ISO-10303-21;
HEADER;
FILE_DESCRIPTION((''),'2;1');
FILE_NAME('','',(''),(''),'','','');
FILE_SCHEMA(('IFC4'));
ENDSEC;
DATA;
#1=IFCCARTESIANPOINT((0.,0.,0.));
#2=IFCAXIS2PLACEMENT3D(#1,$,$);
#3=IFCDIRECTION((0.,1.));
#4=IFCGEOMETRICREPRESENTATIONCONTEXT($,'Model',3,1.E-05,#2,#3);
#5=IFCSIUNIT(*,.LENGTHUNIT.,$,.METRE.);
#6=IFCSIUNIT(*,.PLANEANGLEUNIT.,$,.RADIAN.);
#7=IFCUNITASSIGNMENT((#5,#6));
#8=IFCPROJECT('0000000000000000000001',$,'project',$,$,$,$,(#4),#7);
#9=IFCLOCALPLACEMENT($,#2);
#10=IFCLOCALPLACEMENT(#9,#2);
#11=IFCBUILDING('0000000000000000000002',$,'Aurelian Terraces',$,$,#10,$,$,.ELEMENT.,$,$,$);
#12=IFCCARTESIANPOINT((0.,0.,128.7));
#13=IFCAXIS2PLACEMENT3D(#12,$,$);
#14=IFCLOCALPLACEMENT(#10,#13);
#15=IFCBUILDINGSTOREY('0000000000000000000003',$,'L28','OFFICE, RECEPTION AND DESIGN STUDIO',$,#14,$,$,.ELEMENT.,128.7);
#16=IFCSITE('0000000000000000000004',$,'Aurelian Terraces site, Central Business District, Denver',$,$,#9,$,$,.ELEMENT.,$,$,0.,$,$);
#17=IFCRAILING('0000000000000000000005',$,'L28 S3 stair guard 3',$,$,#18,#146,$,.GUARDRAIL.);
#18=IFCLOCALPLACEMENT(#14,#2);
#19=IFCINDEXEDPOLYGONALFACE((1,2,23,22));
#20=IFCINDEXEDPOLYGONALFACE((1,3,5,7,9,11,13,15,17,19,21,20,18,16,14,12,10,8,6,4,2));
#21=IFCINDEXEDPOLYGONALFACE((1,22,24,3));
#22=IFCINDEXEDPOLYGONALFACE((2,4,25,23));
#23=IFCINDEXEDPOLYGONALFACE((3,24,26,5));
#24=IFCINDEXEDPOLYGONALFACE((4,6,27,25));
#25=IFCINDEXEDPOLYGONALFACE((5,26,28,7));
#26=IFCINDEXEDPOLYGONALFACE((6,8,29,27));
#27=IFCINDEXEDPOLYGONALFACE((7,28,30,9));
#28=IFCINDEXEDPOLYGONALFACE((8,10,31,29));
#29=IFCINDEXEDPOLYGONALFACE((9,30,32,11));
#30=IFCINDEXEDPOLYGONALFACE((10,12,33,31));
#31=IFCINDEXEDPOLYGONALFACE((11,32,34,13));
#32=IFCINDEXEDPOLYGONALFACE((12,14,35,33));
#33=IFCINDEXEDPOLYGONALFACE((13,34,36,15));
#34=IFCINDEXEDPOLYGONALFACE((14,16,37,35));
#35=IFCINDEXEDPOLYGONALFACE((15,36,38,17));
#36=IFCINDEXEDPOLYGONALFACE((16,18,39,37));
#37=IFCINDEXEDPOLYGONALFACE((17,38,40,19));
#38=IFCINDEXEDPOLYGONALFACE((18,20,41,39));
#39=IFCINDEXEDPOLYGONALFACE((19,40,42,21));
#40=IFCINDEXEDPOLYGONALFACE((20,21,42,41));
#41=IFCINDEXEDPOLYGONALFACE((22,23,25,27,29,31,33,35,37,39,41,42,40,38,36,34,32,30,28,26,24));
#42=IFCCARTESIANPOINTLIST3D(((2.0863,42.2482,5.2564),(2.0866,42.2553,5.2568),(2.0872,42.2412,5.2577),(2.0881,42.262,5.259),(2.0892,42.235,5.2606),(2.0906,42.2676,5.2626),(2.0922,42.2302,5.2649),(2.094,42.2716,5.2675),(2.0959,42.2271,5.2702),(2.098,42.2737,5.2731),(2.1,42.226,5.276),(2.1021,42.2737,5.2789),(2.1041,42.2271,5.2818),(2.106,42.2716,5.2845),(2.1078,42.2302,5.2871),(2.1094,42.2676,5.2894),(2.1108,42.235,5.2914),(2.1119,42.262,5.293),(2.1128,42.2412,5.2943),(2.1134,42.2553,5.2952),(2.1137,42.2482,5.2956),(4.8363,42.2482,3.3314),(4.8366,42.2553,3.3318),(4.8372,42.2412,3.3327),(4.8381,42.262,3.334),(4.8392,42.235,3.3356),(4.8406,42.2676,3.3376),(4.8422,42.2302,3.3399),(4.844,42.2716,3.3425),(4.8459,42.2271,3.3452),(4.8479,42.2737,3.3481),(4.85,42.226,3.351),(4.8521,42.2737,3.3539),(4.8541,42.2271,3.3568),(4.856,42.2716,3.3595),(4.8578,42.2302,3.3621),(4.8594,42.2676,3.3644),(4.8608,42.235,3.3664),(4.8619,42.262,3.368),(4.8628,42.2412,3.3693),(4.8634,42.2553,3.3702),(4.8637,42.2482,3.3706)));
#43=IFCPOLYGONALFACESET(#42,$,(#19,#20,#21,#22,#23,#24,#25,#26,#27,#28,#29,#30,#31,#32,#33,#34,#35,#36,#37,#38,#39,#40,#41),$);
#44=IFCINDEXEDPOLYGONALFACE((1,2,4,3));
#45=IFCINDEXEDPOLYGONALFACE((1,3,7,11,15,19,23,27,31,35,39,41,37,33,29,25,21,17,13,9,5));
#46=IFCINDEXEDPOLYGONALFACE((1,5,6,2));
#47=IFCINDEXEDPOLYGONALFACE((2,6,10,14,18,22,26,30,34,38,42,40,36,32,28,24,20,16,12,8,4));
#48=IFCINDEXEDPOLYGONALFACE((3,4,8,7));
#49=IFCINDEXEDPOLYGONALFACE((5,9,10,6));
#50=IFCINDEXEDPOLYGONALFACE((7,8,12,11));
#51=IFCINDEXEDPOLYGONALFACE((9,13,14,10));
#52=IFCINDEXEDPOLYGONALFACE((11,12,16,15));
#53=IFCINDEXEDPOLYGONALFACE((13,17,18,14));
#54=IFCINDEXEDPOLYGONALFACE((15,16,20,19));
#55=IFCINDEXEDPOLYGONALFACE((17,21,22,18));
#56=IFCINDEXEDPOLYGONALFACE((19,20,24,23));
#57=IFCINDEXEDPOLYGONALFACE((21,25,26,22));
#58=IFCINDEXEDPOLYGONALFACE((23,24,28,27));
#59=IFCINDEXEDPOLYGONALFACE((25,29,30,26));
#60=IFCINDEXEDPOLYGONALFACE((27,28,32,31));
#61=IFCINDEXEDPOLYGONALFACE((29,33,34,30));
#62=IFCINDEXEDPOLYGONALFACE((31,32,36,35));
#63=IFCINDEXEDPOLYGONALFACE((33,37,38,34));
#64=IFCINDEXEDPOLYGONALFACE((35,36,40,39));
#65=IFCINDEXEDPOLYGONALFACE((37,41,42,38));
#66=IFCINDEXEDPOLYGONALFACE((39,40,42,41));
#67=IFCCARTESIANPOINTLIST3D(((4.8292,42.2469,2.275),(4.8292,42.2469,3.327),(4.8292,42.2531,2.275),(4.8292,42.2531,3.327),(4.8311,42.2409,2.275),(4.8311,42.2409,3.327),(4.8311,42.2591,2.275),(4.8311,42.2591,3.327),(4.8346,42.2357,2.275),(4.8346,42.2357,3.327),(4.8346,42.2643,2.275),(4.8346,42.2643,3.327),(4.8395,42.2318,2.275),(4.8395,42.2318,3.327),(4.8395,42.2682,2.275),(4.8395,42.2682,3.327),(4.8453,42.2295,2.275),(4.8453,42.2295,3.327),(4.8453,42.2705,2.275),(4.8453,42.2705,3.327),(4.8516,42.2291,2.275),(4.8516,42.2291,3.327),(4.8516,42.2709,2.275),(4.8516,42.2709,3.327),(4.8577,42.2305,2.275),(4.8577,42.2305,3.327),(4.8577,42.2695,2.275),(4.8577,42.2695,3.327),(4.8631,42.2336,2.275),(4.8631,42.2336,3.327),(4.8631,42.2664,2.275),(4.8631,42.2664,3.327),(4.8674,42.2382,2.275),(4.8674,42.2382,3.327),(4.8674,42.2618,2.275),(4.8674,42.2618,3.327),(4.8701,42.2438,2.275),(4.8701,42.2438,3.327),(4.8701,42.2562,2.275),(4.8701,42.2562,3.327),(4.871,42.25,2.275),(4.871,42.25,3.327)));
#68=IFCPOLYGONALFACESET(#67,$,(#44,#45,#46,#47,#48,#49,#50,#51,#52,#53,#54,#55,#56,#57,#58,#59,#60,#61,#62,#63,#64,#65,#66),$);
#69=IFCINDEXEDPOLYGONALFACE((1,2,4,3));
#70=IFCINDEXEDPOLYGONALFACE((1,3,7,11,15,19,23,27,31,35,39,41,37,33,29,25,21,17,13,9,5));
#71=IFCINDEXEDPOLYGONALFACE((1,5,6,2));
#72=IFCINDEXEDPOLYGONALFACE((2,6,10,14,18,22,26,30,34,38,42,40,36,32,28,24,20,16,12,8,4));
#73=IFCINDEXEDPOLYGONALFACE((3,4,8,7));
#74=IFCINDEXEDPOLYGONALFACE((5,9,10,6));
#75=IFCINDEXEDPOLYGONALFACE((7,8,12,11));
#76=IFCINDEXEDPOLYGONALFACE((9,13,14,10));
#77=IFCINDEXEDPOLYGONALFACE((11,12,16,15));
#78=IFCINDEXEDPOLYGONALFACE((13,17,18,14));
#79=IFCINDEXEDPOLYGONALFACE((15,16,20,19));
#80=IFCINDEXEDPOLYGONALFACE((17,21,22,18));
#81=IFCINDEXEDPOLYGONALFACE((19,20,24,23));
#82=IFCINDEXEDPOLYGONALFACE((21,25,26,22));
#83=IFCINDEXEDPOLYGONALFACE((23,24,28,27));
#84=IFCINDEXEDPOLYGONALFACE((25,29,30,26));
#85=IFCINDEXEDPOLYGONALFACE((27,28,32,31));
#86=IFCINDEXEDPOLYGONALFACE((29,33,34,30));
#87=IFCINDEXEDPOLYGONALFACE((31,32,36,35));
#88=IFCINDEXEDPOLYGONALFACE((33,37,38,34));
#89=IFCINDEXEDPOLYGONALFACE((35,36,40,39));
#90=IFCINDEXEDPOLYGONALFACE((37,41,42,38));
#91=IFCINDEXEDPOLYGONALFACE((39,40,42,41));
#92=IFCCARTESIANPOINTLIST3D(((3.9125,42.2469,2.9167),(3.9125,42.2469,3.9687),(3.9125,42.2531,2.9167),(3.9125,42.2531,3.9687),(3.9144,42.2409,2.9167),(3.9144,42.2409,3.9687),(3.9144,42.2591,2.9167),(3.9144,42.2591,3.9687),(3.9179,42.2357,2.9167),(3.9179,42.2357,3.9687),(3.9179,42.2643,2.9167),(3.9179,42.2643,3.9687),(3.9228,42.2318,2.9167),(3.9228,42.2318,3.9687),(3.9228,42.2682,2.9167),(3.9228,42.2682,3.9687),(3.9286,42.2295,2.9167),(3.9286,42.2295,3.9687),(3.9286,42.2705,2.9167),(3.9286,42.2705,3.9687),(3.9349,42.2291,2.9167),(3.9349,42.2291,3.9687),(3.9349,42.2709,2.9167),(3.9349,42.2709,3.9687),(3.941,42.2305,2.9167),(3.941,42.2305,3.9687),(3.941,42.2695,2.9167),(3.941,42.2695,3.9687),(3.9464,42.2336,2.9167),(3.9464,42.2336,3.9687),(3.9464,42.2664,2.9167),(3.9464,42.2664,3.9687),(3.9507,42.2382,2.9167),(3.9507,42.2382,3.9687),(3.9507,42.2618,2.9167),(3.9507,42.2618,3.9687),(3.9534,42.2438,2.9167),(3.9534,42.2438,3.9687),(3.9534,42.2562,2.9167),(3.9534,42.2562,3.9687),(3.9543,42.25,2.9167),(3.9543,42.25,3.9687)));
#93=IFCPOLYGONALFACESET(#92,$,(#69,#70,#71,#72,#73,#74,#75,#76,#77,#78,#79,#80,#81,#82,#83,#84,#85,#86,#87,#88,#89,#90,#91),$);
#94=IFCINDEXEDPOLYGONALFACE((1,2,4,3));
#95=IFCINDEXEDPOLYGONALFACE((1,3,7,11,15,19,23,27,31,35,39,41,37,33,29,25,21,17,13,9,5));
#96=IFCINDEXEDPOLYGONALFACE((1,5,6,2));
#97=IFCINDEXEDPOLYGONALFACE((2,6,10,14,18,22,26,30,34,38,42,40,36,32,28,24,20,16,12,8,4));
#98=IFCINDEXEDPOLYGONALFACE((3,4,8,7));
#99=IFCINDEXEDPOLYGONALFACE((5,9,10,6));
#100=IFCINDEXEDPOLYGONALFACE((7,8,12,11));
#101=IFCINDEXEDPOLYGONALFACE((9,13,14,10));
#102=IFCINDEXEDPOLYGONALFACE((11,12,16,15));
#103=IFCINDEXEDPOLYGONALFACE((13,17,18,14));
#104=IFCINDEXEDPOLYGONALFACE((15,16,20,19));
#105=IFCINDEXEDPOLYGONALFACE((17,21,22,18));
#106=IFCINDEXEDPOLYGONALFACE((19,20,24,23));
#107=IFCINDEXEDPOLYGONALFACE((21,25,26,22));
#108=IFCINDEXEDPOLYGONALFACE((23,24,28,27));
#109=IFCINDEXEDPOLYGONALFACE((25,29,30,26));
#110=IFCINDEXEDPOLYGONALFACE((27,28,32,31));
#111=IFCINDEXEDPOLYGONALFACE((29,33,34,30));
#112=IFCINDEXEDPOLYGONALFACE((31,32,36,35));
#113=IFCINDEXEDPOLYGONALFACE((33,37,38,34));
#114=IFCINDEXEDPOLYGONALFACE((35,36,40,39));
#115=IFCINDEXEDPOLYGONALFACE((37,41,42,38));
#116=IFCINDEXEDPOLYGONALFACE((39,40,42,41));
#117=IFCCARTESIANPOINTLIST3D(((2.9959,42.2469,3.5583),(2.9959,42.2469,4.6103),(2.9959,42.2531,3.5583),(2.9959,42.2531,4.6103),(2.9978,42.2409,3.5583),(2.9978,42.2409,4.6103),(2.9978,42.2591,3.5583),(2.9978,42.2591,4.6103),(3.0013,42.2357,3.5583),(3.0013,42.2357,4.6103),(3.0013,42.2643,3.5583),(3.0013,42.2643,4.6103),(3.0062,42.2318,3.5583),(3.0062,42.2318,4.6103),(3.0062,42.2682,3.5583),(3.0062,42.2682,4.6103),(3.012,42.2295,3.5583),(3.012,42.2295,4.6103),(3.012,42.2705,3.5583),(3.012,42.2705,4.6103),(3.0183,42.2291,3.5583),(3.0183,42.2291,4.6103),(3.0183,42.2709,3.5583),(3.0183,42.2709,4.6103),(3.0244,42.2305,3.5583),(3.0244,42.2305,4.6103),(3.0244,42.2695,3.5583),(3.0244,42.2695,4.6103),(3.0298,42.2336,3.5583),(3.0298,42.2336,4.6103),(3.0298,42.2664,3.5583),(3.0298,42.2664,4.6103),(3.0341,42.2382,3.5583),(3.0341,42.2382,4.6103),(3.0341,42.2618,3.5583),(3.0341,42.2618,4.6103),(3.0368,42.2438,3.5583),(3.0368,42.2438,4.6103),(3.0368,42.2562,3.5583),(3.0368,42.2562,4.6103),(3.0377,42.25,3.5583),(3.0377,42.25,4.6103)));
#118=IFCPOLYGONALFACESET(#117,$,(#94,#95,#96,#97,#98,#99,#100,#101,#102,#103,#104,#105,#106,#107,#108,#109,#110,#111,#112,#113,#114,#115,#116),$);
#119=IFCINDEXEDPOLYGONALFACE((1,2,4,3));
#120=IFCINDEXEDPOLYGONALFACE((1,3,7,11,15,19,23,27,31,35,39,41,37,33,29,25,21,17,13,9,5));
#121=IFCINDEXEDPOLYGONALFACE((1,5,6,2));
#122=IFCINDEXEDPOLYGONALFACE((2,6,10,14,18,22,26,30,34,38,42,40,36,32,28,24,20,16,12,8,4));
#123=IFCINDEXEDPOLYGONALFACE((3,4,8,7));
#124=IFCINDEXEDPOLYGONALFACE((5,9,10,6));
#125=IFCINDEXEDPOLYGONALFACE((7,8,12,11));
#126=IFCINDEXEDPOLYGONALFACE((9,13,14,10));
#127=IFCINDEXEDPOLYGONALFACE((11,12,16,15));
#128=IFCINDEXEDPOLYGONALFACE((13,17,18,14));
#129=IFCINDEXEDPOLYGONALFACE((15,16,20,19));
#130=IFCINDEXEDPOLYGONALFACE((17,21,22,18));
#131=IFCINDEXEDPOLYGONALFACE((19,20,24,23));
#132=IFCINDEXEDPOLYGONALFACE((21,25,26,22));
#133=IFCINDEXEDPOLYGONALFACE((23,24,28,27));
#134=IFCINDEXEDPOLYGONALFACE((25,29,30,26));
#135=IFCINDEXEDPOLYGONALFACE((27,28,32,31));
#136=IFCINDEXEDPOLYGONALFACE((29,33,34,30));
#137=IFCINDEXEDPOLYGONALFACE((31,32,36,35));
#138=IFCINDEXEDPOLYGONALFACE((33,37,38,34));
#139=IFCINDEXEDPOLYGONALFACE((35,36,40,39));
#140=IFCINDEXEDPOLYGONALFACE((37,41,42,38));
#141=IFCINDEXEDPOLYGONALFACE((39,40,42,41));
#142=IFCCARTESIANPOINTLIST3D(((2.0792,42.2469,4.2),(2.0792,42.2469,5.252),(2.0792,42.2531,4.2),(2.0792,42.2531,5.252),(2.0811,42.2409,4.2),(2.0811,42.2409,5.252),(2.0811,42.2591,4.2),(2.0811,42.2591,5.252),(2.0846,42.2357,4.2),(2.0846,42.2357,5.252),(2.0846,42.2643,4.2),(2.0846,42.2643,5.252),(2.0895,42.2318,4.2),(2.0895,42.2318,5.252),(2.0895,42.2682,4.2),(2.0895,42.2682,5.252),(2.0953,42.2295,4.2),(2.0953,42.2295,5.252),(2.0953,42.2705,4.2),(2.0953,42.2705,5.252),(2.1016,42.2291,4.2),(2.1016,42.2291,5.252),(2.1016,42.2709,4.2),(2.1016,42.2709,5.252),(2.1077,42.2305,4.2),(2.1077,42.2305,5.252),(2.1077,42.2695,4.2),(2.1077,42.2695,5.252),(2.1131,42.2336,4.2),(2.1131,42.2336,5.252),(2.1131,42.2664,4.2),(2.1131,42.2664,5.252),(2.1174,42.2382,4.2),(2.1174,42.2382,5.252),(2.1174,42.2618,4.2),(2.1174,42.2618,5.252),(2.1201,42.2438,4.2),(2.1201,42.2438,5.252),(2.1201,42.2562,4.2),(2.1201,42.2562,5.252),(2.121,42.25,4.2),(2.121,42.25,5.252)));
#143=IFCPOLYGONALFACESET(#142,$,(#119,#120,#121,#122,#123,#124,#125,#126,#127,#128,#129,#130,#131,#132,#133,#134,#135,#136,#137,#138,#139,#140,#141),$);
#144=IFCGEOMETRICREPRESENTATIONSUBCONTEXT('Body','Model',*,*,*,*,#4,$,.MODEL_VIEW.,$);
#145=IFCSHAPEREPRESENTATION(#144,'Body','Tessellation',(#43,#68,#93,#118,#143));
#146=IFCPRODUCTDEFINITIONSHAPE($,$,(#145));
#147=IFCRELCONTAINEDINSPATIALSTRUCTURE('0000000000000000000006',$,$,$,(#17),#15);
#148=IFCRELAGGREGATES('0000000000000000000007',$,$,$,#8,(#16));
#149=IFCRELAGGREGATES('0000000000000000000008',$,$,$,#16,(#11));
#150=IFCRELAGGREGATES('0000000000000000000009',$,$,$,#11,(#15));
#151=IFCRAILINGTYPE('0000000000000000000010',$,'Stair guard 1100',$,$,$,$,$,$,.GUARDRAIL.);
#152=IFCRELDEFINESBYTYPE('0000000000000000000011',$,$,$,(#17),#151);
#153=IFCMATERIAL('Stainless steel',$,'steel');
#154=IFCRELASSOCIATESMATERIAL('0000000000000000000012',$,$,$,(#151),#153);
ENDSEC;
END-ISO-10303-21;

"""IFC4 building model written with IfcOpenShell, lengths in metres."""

from ifc_helpers import new_model, si_unit, direction, frame, origin, origin_2d, place, context, subcontext, project, spatial, circle, extrude, source, transform, mapped, material, type_object, element, save


model = new_model("IFC4")

# Units and contexts
model_context = context("Model", 3, precision=1e-05, world=origin(), true_north=direction((0.0, 1.0)))
body_context = subcontext(model_context, "Body", "Model", "MODEL_VIEW")
ifc_project = project(units=[si_unit("LENGTHUNIT", "METRE"), si_unit("PLANEANGLEUNIT", "RADIAN")], contexts=[model_context])

# Site, building, storey
site_placement = place(None, origin())
site = spatial("IfcSite", under=ifc_project, at=site_placement, Name="Aurelian Terraces site, Central Business District, Denver", CompositionType="ELEMENT", RefElevation=0.0)
building_placement = place(site_placement, origin())
building = spatial("IfcBuilding", under=site, at=building_placement, Name="Aurelian Terraces", CompositionType="ELEMENT")
storey_placement = place(building_placement, frame((0.0, 0.0, 128.7)))
storey = spatial("IfcBuildingStorey", under=building, at=storey_placement, Name="L28", Description="OFFICE, RECEPTION AND DESIGN STUDIO", CompositionType="ELEMENT", Elevation=128.7)

# Railing
ifc_material_1 = material(Name="Stainless steel", Category="steel")
railing_type_1 = type_object("IfcRailingType", Name="Stair guard 1100", PredefinedType="GUARDRAIL", material=ifc_material_1)
shared_shape_1 = source(origin(), body_context, "Body", "SweptSolid", [
    extrude(circle(Radius=0.024, at=origin_2d()), frame((0.0, 0.0, 1.076), z_axis=(-0.819232, 0.0, 0.573462), x_axis=(0.0, -1.0, 0.0)), (0.0, 0.0, 1.0), 3.3568),
    extrude(circle(Radius=0.021, at=origin_2d()), origin(), (0.0, 0.0, 1.0), 1.052),
    extrude(circle(Radius=0.021, at=origin_2d()), frame((-0.9167, 0.0, 0.6417)), (0.0, 0.0, 1.0), 1.052),
    extrude(circle(Radius=0.021, at=origin_2d()), frame((-1.8333, 0.0, 1.2833)), (0.0, 0.0, 1.0), 1.052),
    extrude(circle(Radius=0.021, at=origin_2d()), frame((-2.75, 0.0, 1.925)), (0.0, 0.0, 1.0), 1.052),
])
railing_1_placement = place(storey_placement, frame((4.85, 42.25, 2.275)))
element("IfcRailing", 1, at=railing_1_placement, inside=storey, type_object=railing_type_1, Name="L28 S3 stair guard 3", PredefinedType="GUARDRAIL", context=body_context, shape_type="MappedRepresentation", body=[
    mapped(shared_shape_1, transform((0.0, 0.0, 0.0), scale=1.0)),
])

save(model, "model.ifc")
